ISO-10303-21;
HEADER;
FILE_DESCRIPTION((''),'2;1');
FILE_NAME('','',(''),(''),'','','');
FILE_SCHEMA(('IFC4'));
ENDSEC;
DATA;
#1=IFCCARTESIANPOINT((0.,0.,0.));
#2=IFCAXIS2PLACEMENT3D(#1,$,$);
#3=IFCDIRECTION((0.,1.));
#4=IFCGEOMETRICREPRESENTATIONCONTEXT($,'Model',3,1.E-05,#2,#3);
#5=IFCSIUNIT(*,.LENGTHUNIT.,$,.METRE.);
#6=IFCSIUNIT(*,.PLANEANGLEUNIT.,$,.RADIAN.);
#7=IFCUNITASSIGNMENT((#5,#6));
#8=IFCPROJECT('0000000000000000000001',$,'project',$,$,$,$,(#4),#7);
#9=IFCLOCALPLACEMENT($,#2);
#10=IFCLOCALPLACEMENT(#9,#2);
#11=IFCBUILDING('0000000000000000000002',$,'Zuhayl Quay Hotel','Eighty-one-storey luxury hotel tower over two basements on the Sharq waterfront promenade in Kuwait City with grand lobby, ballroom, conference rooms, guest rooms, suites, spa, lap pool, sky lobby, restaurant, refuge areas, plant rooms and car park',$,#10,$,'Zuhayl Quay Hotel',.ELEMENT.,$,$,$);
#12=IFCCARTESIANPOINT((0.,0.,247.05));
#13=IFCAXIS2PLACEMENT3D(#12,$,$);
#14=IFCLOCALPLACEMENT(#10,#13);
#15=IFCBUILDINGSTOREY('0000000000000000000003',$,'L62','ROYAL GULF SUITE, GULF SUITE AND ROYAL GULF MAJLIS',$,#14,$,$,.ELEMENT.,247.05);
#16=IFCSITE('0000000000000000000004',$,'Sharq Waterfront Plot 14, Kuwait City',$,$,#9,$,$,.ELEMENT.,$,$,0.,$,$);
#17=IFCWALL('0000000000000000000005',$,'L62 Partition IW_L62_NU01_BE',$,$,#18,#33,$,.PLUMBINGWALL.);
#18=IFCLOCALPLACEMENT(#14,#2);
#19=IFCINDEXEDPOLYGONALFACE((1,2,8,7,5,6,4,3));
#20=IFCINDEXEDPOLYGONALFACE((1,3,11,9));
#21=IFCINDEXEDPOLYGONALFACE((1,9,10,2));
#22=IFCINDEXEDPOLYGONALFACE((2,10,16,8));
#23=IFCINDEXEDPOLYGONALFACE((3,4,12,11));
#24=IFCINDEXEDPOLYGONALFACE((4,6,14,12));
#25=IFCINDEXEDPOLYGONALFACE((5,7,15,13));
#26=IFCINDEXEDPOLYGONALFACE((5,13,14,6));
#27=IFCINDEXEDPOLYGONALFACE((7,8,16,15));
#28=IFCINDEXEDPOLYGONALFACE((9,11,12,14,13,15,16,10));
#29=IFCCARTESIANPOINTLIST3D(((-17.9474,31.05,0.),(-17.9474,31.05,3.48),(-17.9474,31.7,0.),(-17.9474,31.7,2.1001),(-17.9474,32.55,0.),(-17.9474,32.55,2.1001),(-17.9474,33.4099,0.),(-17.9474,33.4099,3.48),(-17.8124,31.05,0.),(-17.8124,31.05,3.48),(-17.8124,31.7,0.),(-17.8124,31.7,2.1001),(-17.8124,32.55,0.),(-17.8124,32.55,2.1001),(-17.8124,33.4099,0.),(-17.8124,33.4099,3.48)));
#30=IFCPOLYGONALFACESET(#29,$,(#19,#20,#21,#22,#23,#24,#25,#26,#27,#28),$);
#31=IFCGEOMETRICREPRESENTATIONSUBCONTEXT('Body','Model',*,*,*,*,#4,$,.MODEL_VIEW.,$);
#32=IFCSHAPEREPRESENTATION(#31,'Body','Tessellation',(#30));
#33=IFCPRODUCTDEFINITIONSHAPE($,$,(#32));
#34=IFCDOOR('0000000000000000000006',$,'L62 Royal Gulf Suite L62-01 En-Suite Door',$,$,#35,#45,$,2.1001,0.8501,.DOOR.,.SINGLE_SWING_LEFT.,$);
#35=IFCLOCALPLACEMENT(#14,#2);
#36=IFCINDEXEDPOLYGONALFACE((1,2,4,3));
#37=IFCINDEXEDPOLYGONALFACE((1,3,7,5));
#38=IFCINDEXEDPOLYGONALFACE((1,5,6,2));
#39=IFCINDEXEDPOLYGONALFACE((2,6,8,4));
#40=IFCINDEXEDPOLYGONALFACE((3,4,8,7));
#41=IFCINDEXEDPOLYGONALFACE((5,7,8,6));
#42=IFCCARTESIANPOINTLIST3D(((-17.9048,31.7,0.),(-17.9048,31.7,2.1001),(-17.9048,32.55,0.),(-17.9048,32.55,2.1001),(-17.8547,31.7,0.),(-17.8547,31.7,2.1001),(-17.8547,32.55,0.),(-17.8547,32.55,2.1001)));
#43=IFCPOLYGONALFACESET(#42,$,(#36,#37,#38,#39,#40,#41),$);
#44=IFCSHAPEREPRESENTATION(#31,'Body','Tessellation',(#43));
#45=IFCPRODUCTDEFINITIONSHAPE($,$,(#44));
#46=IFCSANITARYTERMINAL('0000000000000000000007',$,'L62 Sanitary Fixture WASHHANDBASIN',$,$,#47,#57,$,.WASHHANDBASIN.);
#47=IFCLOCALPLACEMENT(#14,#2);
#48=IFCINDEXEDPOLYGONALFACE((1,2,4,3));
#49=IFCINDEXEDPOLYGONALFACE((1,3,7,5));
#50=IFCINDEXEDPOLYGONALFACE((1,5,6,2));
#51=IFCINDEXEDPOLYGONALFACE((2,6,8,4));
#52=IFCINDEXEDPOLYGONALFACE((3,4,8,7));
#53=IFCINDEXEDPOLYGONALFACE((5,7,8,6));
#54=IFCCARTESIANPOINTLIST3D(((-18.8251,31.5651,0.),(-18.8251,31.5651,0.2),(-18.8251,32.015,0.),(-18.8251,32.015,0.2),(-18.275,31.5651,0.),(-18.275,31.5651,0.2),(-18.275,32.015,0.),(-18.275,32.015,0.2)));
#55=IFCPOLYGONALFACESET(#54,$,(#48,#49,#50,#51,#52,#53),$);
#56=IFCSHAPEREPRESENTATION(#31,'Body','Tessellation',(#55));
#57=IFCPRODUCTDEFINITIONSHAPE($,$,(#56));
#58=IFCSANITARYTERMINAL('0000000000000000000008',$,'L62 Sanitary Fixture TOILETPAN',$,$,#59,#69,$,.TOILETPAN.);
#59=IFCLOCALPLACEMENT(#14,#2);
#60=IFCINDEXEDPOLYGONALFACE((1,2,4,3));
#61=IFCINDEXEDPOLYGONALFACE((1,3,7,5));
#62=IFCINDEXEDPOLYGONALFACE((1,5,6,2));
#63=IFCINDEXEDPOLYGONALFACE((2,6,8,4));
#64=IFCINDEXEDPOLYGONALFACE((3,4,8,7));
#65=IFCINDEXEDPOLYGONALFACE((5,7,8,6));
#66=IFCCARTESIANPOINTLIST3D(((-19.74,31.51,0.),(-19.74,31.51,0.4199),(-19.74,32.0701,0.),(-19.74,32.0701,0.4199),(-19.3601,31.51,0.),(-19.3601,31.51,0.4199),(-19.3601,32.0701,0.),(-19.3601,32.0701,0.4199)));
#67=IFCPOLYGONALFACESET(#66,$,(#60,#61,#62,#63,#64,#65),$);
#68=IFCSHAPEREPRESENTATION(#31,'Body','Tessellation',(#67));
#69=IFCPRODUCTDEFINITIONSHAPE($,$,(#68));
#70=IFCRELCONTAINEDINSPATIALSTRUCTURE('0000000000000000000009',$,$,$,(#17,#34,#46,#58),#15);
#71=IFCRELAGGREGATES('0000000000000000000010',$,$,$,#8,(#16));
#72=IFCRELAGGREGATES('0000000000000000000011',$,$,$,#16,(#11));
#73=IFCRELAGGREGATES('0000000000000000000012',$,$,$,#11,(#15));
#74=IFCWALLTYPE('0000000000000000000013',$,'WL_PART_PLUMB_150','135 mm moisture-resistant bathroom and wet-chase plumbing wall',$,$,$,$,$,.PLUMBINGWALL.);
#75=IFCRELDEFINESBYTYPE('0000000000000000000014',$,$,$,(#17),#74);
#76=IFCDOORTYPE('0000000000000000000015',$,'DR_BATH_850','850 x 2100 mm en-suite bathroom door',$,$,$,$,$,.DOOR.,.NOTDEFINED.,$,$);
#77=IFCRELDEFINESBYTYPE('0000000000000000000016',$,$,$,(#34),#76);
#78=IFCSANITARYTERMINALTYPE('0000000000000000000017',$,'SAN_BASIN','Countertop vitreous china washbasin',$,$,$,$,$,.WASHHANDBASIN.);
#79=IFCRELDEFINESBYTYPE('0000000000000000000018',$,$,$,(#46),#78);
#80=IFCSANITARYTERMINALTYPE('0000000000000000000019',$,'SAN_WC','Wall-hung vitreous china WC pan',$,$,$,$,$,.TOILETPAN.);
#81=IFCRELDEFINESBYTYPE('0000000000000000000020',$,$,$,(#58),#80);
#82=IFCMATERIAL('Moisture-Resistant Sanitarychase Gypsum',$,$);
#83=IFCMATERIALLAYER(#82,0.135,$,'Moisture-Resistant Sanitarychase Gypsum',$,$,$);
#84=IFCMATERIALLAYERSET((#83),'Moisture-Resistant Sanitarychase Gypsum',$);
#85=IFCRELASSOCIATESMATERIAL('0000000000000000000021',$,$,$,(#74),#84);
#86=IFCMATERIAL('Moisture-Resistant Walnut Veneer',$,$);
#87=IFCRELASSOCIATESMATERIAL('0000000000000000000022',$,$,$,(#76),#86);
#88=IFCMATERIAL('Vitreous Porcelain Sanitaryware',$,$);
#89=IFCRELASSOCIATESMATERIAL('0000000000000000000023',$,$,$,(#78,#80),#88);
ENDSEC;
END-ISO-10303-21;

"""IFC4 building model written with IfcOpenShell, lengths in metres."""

from ifc_helpers import new_model, si_unit, direction, frame, frame_2d, origin, origin_2d, place, context, subcontext, project, spatial, rectangle, extrude, material, layer, layer_set, type_object, element, fill, save


model = new_model("IFC4")

# Units and contexts
model_context = context("Model", 3, precision=1e-05, world=origin(), true_north=direction((0.0, 1.0)))
body_context = subcontext(model_context, "Body", "Model", "MODEL_VIEW")
ifc_project = project(units=[si_unit("LENGTHUNIT", "METRE"), si_unit("PLANEANGLEUNIT", "RADIAN")], contexts=[model_context])

# Site, building, storey
site_placement = place(None, origin())
site = spatial("IfcSite", under=ifc_project, at=site_placement, Name="Sharq Waterfront Plot 14, Kuwait City", CompositionType="ELEMENT", RefElevation=0.0)
building_placement = place(site_placement, origin())
building = spatial("IfcBuilding", under=site, at=building_placement, Name="Zuhayl Quay Hotel", Description="Eighty-one-storey luxury hotel tower over two basements on the Sharq waterfront promenade in Kuwait City with grand lobby, ballroom, conference rooms, guest rooms, suites, spa, lap pool, sky lobby, restaurant, refuge areas, plant rooms and car park", LongName="Zuhayl Quay Hotel", CompositionType="ELEMENT")
storey_placement = place(building_placement, frame((0.0, 0.0, 247.05)))
storey = spatial("IfcBuildingStorey", under=building, at=storey_placement, Name="L62", Description="ROYAL GULF SUITE, GULF SUITE AND ROYAL GULF MAJLIS", CompositionType="ELEMENT", Elevation=247.05)

# Wall, opening, door
ifc_material_1 = material(Name="Moisture-Resistant Sanitarychase Gypsum")
ifc_layer_1 = layer(ifc_material_1, 0.135, Name="Moisture-Resistant Sanitarychase Gypsum")
ifc_layer_set_1 = layer_set([ifc_layer_1], Name="Moisture-Resistant Sanitarychase Gypsum")
wall_type_1 = type_object("IfcWallType", Name="WL_PART_PLUMB_150", Description="135 mm moisture-resistant bathroom and wet-chase plumbing wall", PredefinedType="PLUMBINGWALL", material=ifc_layer_set_1)
wall_1_placement = place(storey_placement, frame((-17.8799, 31.05, 0.0), z_axis=(0.0, 0.0, 1.0), x_axis=(0.0, 1.0, 0.0)))
wall_1 = element("IfcWall", 1, at=wall_1_placement, inside=storey, type_object=wall_type_1, Name="L62 Partition IW_L62_NU01_BE", PredefinedType="PLUMBINGWALL", context=body_context, shape_type="SweptSolid", body=[
    extrude(rectangle(XDim=2.3599, YDim=0.135, at=frame_2d((1.1799, 0.0))), origin(), (0.0, 0.0, 1.0), 3.48),
])
opening_1_placement = place(wall_1_placement, frame((0.6499, 0.0, 0.0)))
opening_1 = element("IfcOpeningElement", 2, at=opening_1_placement, cuts=wall_1, PredefinedType="OPENING", context=body_context, shape_type="SweptSolid", body=[
    extrude(rectangle(XDim=0.8501, YDim=2.1001, at=frame_2d((0.425, 1.05))), frame((0.0, 0.0774, 0.0), z_axis=(0.0, -1.0, 0.0), x_axis=(1.0, 0.0, 0.0)), (0.0, 0.0, 1.0), 0.155),
])
ifc_material_2 = material(Name="Moisture-Resistant Walnut Veneer")
door_type_1 = type_object("IfcDoorType", Name="DR_BATH_850", Description="850 x 2100 mm en-suite bathroom door", OperationType="NOTDEFINED", PredefinedType="DOOR", material=ifc_material_2)
door_1_placement = place(opening_1_placement, origin())
door_1 = element("IfcDoor", 3, at=door_1_placement, inside=storey, type_object=door_type_1, Name="L62 Royal Gulf Suite L62-01 En-Suite Door", OperationType="SINGLE_SWING_LEFT", OverallHeight=2.1001, OverallWidth=0.8501, PredefinedType="DOOR", context=body_context, shape_type="SweptSolid", body=[
    extrude(rectangle(XDim=0.8501, YDim=2.1001, at=frame_2d((0.425, 1.05))), frame((0.0, 0.0249, 0.0), z_axis=(0.0, -1.0, 0.0), x_axis=(1.0, 0.0, 0.0)), (0.0, 0.0, 1.0), 0.05),
])
fill(opening_1, door_1)

# Sanitary terminals
ifc_material_3 = material(Name="Vitreous Porcelain Sanitaryware")
sanitary_terminal_type_1 = type_object("IfcSanitaryTerminalType", Name="SAN_BASIN", Description="Countertop vitreous china washbasin", PredefinedType="WASHHANDBASIN", material=ifc_material_3)
sanitary_terminal_1_placement = place(storey_placement, frame((-18.55, 31.79, 0.0), z_axis=(0.0, 0.0, 1.0), x_axis=(1.0, 0.0, 0.0)))
element("IfcSanitaryTerminal", 4, at=sanitary_terminal_1_placement, inside=storey, type_object=sanitary_terminal_type_1, Name="L62 Sanitary Fixture WASHHANDBASIN", PredefinedType="WASHHANDBASIN", context=body_context, shape_type="SweptSolid", body=[
    extrude(rectangle(XDim=0.55, YDim=0.45, at=origin_2d()), origin(), (0.0, 0.0, 1.0), 0.2),
])
sanitary_terminal_type_2 = type_object("IfcSanitaryTerminalType", Name="SAN_WC", Description="Wall-hung vitreous china WC pan", PredefinedType="TOILETPAN", material=ifc_material_3)
sanitary_terminal_2_placement = place(storey_placement, frame((-19.55, 31.79, 0.0), z_axis=(0.0, 0.0, 1.0), x_axis=(1.0, 0.0, 0.0)))
element("IfcSanitaryTerminal", 5, at=sanitary_terminal_2_placement, inside=storey, type_object=sanitary_terminal_type_2, Name="L62 Sanitary Fixture TOILETPAN", PredefinedType="TOILETPAN", context=body_context, shape_type="SweptSolid", body=[
    extrude(rectangle(XDim=0.3799, YDim=0.5601, at=origin_2d()), origin(), (0.0, 0.0, 1.0), 0.4199),
])

save(model, "model.ifc")
